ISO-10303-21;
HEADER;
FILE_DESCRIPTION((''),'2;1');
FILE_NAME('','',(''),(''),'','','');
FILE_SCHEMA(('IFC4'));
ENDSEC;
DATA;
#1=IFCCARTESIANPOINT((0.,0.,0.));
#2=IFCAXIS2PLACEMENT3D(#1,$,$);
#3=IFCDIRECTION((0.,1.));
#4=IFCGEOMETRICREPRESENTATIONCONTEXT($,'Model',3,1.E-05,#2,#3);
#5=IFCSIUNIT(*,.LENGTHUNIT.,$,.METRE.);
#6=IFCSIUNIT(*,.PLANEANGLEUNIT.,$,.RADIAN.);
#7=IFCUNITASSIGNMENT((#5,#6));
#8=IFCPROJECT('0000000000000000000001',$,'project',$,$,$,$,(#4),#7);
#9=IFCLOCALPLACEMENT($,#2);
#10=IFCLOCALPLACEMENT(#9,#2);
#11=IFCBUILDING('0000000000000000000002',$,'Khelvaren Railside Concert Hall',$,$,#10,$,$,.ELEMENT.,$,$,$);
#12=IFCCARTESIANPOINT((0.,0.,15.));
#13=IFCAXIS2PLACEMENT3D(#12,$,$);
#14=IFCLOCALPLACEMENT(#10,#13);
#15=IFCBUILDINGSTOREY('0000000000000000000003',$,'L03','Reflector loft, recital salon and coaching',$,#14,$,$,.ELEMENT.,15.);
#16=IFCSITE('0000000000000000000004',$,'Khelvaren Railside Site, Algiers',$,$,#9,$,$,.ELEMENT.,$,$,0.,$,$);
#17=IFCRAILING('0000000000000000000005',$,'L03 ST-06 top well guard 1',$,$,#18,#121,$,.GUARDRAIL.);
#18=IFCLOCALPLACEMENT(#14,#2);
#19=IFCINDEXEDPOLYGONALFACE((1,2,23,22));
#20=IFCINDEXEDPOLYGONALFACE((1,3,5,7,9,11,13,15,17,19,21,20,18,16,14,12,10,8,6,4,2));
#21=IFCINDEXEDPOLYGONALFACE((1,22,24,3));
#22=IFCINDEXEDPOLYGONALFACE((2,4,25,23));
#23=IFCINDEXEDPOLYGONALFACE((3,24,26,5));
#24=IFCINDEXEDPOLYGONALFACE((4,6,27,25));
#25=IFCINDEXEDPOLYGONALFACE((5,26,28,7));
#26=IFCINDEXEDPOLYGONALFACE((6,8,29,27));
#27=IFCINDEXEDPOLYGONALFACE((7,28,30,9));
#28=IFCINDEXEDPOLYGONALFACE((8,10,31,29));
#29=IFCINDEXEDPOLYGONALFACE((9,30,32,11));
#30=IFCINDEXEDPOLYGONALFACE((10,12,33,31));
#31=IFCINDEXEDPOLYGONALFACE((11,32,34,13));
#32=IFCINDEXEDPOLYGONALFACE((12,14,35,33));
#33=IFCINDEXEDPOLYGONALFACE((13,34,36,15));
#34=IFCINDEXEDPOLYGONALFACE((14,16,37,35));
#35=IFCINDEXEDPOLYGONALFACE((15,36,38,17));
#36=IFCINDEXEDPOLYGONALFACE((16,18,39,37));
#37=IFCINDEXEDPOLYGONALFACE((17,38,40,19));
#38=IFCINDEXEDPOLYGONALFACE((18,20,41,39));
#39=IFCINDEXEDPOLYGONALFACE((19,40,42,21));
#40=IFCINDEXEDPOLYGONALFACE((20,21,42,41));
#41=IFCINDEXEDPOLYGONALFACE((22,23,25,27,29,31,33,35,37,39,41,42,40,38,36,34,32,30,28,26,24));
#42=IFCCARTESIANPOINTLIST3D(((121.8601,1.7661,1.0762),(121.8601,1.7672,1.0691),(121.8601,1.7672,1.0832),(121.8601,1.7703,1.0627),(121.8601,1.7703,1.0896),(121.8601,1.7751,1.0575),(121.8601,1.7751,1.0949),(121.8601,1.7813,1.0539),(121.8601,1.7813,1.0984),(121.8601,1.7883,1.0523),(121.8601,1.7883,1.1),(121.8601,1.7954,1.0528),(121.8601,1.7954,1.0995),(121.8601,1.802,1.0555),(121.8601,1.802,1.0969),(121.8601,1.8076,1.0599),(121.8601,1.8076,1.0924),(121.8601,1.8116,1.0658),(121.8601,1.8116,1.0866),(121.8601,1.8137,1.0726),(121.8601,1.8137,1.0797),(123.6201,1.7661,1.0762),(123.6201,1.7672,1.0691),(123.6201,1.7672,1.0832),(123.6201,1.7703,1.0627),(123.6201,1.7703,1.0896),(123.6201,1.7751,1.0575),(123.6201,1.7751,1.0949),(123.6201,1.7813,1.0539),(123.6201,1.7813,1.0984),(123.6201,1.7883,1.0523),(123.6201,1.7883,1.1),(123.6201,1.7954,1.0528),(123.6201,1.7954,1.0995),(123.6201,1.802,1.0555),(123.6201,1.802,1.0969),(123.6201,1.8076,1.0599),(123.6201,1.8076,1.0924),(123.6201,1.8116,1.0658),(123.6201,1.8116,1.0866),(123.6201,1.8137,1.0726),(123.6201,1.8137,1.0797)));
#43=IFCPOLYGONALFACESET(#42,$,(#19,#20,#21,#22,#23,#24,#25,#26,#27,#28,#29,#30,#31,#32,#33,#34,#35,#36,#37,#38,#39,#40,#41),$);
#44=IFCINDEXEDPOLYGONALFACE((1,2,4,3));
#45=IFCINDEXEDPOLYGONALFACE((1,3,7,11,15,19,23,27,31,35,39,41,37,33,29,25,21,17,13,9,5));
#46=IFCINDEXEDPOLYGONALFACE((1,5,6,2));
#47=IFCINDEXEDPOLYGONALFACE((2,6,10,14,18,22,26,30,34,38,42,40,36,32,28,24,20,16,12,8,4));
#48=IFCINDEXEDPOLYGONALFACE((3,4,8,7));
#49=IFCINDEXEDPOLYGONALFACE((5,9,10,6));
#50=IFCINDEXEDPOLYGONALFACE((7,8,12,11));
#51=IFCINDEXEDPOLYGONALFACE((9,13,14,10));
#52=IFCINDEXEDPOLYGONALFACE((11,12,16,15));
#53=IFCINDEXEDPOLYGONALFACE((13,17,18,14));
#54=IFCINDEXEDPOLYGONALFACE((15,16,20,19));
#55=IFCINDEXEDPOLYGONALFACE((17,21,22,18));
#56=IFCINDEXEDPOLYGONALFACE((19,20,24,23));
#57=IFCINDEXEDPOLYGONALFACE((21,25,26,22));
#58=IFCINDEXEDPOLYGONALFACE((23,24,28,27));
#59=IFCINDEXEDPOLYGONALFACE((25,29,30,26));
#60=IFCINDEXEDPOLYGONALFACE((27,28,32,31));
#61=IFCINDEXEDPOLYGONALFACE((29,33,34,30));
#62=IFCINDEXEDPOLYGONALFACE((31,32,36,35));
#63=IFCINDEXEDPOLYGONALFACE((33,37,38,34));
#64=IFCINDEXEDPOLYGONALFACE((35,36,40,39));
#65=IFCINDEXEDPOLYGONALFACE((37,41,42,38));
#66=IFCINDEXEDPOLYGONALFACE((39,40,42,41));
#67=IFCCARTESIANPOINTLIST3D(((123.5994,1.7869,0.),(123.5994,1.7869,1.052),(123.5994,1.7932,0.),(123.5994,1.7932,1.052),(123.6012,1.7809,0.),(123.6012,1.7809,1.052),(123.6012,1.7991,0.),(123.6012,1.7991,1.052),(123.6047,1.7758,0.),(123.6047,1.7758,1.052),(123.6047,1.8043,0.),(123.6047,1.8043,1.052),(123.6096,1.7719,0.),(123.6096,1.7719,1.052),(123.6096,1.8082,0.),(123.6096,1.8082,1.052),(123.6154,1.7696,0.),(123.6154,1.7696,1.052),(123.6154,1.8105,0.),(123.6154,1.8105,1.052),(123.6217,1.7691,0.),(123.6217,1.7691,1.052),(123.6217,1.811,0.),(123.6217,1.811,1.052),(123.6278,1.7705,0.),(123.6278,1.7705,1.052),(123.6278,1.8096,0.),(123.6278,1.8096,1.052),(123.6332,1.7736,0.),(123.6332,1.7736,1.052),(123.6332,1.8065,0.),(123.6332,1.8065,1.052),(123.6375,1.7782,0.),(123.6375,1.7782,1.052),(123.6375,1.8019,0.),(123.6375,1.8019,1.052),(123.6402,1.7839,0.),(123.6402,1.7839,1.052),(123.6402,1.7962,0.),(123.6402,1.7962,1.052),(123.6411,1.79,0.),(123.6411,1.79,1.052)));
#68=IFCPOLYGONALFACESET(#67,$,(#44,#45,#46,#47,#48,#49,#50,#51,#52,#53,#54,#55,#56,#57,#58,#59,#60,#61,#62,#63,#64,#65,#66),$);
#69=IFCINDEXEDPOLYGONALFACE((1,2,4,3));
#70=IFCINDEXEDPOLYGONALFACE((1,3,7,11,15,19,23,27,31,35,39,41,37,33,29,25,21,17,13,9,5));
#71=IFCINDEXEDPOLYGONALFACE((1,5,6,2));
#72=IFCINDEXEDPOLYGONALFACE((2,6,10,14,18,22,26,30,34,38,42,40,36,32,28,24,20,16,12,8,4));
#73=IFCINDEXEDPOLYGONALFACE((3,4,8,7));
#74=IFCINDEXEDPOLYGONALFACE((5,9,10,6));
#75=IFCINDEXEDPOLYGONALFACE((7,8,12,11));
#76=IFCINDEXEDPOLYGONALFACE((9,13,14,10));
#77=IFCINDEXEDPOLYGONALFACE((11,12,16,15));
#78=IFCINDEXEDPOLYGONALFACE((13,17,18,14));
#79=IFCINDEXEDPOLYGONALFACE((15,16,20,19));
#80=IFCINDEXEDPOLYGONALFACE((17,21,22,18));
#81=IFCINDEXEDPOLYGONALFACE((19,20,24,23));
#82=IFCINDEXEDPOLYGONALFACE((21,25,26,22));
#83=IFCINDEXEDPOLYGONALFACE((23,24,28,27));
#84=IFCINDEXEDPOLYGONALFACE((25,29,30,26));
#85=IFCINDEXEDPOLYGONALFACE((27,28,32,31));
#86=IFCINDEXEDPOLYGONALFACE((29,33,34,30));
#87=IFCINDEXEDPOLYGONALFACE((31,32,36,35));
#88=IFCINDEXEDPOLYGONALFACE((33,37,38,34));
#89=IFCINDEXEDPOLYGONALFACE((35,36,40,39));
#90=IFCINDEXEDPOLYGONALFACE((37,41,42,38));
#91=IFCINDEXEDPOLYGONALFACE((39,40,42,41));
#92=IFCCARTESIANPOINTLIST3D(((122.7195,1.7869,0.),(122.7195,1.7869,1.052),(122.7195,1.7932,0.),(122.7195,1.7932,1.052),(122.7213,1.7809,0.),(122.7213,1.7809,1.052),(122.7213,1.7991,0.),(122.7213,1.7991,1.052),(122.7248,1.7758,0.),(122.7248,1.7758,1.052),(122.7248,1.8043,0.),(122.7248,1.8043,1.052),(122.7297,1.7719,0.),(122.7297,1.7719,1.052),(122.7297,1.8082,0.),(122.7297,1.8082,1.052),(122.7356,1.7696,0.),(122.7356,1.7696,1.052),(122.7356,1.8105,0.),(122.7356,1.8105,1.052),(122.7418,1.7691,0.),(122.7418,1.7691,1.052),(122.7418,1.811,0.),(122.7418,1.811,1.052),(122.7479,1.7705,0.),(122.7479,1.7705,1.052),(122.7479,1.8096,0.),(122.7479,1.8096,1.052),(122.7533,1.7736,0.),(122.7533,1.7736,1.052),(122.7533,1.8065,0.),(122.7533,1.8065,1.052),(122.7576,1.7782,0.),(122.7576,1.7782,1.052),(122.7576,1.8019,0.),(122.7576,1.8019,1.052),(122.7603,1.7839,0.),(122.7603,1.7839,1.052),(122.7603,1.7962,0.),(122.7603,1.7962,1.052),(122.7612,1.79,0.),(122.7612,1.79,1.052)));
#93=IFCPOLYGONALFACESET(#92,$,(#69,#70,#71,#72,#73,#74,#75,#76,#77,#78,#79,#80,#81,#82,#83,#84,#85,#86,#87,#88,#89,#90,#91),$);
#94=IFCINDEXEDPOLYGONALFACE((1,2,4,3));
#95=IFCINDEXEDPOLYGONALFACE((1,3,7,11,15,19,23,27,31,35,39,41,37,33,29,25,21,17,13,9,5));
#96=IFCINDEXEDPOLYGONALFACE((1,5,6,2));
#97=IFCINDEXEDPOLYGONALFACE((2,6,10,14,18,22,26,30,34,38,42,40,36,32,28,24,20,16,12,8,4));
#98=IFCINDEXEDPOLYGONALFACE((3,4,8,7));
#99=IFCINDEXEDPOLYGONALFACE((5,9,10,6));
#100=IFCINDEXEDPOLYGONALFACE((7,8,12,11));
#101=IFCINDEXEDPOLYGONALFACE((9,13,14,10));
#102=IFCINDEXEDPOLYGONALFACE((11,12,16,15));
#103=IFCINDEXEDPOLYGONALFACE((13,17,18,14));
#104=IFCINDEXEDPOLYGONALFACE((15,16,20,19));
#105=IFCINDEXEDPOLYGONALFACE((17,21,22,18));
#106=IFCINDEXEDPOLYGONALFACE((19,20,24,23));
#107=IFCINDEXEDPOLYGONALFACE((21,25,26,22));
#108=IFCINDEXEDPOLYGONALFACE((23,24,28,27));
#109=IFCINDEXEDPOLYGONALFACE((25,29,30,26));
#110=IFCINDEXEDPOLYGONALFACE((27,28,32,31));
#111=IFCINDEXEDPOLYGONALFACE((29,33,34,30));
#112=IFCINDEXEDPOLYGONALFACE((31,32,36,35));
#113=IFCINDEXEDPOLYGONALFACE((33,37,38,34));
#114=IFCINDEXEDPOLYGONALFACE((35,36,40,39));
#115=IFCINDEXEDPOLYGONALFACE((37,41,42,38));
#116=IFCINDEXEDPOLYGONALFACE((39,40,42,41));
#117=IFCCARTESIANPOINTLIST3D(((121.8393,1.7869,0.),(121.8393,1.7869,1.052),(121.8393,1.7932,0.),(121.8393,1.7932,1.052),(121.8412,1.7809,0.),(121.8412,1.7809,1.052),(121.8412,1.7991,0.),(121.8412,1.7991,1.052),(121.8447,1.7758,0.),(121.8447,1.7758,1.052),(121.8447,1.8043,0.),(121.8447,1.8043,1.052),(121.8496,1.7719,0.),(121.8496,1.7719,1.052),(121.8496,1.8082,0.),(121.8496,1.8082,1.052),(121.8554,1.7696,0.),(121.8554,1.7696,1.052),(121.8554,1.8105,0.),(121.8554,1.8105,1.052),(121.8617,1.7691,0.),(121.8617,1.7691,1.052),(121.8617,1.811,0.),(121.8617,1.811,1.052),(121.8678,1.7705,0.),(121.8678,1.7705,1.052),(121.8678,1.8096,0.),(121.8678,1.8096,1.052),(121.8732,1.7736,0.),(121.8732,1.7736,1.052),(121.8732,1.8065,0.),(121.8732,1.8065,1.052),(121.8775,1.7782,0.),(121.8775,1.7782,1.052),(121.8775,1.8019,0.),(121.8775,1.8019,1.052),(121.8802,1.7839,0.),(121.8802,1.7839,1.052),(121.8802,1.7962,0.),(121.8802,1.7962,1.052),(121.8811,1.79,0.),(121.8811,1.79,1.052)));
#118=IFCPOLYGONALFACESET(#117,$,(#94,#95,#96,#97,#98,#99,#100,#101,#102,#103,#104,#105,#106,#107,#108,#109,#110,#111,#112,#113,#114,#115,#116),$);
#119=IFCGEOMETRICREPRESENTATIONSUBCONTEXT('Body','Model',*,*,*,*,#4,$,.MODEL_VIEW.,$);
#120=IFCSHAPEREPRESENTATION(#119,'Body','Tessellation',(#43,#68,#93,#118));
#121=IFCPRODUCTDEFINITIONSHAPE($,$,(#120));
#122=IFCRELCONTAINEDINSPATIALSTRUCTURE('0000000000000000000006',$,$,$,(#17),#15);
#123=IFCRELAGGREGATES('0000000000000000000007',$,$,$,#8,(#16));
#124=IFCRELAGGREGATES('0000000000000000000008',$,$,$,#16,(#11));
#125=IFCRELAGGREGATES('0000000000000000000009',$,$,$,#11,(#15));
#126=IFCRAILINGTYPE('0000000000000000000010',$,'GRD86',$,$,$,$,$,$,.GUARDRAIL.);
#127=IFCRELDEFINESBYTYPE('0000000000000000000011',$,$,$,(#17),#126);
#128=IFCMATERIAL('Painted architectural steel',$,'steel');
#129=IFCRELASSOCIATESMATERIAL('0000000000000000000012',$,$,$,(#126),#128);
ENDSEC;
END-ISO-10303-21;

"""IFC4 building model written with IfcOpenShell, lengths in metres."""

from ifc_helpers import new_model, si_unit, direction, frame, origin, origin_2d, place, context, subcontext, project, spatial, circle, extrude, material, type_object, element, save


model = new_model("IFC4")

# Units and contexts
model_context = context("Model", 3, precision=1e-05, world=origin(), true_north=direction((0.0, 1.0)))
body_context = subcontext(model_context, "Body", "Model", "MODEL_VIEW")
ifc_project = project(units=[si_unit("LENGTHUNIT", "METRE"), si_unit("PLANEANGLEUNIT", "RADIAN")], contexts=[model_context])

# Site, building, storey
site_placement = place(None, origin())
site = spatial("IfcSite", under=ifc_project, at=site_placement, Name="Khelvaren Railside Site, Algiers", CompositionType="ELEMENT", RefElevation=0.0)
building_placement = place(site_placement, origin())
building = spatial("IfcBuilding", under=site, at=building_placement, Name="Khelvaren Railside Concert Hall", CompositionType="ELEMENT")
storey_placement = place(building_placement, frame((0.0, 0.0, 15.0)))
storey = spatial("IfcBuildingStorey", under=building, at=storey_placement, Name="L03", Description="Reflector loft, recital salon and coaching", CompositionType="ELEMENT", Elevation=15.0)

# Railing
ifc_material_1 = material(Name="Painted architectural steel", Category="steel")
railing_type = type_object("IfcRailingType", Name="GRD86", PredefinedType="GUARDRAIL", material=ifc_material_1)
railing_1_placement = place(storey_placement, frame((123.6201, 1.79, 0.0)))
element("IfcRailing", 1, at=railing_1_placement, inside=storey, type_object=railing_type, Name="L03 ST-06 top well guard 1", PredefinedType="GUARDRAIL", context=body_context, shape_type="SweptSolid", body=[
    extrude(circle(Radius=0.0239, at=origin_2d()), frame((0.0, 0.0, 1.0762), z_axis=(-1.0, 0.0, 0.0), x_axis=(0.0, -1.0, 0.0)), (0.0, 0.0, 1.0), 1.76),
    extrude(circle(Radius=0.021, at=origin_2d()), origin(), (0.0, 0.0, 1.0), 1.052),
    extrude(circle(Radius=0.021, at=origin_2d()), frame((-0.8799, 0.0, 0.0)), (0.0, 0.0, 1.0), 1.052),
    extrude(circle(Radius=0.021, at=origin_2d()), frame((-1.76, 0.0, 0.0)), (0.0, 0.0, 1.0), 1.052),
])

save(model, "model.ifc")
